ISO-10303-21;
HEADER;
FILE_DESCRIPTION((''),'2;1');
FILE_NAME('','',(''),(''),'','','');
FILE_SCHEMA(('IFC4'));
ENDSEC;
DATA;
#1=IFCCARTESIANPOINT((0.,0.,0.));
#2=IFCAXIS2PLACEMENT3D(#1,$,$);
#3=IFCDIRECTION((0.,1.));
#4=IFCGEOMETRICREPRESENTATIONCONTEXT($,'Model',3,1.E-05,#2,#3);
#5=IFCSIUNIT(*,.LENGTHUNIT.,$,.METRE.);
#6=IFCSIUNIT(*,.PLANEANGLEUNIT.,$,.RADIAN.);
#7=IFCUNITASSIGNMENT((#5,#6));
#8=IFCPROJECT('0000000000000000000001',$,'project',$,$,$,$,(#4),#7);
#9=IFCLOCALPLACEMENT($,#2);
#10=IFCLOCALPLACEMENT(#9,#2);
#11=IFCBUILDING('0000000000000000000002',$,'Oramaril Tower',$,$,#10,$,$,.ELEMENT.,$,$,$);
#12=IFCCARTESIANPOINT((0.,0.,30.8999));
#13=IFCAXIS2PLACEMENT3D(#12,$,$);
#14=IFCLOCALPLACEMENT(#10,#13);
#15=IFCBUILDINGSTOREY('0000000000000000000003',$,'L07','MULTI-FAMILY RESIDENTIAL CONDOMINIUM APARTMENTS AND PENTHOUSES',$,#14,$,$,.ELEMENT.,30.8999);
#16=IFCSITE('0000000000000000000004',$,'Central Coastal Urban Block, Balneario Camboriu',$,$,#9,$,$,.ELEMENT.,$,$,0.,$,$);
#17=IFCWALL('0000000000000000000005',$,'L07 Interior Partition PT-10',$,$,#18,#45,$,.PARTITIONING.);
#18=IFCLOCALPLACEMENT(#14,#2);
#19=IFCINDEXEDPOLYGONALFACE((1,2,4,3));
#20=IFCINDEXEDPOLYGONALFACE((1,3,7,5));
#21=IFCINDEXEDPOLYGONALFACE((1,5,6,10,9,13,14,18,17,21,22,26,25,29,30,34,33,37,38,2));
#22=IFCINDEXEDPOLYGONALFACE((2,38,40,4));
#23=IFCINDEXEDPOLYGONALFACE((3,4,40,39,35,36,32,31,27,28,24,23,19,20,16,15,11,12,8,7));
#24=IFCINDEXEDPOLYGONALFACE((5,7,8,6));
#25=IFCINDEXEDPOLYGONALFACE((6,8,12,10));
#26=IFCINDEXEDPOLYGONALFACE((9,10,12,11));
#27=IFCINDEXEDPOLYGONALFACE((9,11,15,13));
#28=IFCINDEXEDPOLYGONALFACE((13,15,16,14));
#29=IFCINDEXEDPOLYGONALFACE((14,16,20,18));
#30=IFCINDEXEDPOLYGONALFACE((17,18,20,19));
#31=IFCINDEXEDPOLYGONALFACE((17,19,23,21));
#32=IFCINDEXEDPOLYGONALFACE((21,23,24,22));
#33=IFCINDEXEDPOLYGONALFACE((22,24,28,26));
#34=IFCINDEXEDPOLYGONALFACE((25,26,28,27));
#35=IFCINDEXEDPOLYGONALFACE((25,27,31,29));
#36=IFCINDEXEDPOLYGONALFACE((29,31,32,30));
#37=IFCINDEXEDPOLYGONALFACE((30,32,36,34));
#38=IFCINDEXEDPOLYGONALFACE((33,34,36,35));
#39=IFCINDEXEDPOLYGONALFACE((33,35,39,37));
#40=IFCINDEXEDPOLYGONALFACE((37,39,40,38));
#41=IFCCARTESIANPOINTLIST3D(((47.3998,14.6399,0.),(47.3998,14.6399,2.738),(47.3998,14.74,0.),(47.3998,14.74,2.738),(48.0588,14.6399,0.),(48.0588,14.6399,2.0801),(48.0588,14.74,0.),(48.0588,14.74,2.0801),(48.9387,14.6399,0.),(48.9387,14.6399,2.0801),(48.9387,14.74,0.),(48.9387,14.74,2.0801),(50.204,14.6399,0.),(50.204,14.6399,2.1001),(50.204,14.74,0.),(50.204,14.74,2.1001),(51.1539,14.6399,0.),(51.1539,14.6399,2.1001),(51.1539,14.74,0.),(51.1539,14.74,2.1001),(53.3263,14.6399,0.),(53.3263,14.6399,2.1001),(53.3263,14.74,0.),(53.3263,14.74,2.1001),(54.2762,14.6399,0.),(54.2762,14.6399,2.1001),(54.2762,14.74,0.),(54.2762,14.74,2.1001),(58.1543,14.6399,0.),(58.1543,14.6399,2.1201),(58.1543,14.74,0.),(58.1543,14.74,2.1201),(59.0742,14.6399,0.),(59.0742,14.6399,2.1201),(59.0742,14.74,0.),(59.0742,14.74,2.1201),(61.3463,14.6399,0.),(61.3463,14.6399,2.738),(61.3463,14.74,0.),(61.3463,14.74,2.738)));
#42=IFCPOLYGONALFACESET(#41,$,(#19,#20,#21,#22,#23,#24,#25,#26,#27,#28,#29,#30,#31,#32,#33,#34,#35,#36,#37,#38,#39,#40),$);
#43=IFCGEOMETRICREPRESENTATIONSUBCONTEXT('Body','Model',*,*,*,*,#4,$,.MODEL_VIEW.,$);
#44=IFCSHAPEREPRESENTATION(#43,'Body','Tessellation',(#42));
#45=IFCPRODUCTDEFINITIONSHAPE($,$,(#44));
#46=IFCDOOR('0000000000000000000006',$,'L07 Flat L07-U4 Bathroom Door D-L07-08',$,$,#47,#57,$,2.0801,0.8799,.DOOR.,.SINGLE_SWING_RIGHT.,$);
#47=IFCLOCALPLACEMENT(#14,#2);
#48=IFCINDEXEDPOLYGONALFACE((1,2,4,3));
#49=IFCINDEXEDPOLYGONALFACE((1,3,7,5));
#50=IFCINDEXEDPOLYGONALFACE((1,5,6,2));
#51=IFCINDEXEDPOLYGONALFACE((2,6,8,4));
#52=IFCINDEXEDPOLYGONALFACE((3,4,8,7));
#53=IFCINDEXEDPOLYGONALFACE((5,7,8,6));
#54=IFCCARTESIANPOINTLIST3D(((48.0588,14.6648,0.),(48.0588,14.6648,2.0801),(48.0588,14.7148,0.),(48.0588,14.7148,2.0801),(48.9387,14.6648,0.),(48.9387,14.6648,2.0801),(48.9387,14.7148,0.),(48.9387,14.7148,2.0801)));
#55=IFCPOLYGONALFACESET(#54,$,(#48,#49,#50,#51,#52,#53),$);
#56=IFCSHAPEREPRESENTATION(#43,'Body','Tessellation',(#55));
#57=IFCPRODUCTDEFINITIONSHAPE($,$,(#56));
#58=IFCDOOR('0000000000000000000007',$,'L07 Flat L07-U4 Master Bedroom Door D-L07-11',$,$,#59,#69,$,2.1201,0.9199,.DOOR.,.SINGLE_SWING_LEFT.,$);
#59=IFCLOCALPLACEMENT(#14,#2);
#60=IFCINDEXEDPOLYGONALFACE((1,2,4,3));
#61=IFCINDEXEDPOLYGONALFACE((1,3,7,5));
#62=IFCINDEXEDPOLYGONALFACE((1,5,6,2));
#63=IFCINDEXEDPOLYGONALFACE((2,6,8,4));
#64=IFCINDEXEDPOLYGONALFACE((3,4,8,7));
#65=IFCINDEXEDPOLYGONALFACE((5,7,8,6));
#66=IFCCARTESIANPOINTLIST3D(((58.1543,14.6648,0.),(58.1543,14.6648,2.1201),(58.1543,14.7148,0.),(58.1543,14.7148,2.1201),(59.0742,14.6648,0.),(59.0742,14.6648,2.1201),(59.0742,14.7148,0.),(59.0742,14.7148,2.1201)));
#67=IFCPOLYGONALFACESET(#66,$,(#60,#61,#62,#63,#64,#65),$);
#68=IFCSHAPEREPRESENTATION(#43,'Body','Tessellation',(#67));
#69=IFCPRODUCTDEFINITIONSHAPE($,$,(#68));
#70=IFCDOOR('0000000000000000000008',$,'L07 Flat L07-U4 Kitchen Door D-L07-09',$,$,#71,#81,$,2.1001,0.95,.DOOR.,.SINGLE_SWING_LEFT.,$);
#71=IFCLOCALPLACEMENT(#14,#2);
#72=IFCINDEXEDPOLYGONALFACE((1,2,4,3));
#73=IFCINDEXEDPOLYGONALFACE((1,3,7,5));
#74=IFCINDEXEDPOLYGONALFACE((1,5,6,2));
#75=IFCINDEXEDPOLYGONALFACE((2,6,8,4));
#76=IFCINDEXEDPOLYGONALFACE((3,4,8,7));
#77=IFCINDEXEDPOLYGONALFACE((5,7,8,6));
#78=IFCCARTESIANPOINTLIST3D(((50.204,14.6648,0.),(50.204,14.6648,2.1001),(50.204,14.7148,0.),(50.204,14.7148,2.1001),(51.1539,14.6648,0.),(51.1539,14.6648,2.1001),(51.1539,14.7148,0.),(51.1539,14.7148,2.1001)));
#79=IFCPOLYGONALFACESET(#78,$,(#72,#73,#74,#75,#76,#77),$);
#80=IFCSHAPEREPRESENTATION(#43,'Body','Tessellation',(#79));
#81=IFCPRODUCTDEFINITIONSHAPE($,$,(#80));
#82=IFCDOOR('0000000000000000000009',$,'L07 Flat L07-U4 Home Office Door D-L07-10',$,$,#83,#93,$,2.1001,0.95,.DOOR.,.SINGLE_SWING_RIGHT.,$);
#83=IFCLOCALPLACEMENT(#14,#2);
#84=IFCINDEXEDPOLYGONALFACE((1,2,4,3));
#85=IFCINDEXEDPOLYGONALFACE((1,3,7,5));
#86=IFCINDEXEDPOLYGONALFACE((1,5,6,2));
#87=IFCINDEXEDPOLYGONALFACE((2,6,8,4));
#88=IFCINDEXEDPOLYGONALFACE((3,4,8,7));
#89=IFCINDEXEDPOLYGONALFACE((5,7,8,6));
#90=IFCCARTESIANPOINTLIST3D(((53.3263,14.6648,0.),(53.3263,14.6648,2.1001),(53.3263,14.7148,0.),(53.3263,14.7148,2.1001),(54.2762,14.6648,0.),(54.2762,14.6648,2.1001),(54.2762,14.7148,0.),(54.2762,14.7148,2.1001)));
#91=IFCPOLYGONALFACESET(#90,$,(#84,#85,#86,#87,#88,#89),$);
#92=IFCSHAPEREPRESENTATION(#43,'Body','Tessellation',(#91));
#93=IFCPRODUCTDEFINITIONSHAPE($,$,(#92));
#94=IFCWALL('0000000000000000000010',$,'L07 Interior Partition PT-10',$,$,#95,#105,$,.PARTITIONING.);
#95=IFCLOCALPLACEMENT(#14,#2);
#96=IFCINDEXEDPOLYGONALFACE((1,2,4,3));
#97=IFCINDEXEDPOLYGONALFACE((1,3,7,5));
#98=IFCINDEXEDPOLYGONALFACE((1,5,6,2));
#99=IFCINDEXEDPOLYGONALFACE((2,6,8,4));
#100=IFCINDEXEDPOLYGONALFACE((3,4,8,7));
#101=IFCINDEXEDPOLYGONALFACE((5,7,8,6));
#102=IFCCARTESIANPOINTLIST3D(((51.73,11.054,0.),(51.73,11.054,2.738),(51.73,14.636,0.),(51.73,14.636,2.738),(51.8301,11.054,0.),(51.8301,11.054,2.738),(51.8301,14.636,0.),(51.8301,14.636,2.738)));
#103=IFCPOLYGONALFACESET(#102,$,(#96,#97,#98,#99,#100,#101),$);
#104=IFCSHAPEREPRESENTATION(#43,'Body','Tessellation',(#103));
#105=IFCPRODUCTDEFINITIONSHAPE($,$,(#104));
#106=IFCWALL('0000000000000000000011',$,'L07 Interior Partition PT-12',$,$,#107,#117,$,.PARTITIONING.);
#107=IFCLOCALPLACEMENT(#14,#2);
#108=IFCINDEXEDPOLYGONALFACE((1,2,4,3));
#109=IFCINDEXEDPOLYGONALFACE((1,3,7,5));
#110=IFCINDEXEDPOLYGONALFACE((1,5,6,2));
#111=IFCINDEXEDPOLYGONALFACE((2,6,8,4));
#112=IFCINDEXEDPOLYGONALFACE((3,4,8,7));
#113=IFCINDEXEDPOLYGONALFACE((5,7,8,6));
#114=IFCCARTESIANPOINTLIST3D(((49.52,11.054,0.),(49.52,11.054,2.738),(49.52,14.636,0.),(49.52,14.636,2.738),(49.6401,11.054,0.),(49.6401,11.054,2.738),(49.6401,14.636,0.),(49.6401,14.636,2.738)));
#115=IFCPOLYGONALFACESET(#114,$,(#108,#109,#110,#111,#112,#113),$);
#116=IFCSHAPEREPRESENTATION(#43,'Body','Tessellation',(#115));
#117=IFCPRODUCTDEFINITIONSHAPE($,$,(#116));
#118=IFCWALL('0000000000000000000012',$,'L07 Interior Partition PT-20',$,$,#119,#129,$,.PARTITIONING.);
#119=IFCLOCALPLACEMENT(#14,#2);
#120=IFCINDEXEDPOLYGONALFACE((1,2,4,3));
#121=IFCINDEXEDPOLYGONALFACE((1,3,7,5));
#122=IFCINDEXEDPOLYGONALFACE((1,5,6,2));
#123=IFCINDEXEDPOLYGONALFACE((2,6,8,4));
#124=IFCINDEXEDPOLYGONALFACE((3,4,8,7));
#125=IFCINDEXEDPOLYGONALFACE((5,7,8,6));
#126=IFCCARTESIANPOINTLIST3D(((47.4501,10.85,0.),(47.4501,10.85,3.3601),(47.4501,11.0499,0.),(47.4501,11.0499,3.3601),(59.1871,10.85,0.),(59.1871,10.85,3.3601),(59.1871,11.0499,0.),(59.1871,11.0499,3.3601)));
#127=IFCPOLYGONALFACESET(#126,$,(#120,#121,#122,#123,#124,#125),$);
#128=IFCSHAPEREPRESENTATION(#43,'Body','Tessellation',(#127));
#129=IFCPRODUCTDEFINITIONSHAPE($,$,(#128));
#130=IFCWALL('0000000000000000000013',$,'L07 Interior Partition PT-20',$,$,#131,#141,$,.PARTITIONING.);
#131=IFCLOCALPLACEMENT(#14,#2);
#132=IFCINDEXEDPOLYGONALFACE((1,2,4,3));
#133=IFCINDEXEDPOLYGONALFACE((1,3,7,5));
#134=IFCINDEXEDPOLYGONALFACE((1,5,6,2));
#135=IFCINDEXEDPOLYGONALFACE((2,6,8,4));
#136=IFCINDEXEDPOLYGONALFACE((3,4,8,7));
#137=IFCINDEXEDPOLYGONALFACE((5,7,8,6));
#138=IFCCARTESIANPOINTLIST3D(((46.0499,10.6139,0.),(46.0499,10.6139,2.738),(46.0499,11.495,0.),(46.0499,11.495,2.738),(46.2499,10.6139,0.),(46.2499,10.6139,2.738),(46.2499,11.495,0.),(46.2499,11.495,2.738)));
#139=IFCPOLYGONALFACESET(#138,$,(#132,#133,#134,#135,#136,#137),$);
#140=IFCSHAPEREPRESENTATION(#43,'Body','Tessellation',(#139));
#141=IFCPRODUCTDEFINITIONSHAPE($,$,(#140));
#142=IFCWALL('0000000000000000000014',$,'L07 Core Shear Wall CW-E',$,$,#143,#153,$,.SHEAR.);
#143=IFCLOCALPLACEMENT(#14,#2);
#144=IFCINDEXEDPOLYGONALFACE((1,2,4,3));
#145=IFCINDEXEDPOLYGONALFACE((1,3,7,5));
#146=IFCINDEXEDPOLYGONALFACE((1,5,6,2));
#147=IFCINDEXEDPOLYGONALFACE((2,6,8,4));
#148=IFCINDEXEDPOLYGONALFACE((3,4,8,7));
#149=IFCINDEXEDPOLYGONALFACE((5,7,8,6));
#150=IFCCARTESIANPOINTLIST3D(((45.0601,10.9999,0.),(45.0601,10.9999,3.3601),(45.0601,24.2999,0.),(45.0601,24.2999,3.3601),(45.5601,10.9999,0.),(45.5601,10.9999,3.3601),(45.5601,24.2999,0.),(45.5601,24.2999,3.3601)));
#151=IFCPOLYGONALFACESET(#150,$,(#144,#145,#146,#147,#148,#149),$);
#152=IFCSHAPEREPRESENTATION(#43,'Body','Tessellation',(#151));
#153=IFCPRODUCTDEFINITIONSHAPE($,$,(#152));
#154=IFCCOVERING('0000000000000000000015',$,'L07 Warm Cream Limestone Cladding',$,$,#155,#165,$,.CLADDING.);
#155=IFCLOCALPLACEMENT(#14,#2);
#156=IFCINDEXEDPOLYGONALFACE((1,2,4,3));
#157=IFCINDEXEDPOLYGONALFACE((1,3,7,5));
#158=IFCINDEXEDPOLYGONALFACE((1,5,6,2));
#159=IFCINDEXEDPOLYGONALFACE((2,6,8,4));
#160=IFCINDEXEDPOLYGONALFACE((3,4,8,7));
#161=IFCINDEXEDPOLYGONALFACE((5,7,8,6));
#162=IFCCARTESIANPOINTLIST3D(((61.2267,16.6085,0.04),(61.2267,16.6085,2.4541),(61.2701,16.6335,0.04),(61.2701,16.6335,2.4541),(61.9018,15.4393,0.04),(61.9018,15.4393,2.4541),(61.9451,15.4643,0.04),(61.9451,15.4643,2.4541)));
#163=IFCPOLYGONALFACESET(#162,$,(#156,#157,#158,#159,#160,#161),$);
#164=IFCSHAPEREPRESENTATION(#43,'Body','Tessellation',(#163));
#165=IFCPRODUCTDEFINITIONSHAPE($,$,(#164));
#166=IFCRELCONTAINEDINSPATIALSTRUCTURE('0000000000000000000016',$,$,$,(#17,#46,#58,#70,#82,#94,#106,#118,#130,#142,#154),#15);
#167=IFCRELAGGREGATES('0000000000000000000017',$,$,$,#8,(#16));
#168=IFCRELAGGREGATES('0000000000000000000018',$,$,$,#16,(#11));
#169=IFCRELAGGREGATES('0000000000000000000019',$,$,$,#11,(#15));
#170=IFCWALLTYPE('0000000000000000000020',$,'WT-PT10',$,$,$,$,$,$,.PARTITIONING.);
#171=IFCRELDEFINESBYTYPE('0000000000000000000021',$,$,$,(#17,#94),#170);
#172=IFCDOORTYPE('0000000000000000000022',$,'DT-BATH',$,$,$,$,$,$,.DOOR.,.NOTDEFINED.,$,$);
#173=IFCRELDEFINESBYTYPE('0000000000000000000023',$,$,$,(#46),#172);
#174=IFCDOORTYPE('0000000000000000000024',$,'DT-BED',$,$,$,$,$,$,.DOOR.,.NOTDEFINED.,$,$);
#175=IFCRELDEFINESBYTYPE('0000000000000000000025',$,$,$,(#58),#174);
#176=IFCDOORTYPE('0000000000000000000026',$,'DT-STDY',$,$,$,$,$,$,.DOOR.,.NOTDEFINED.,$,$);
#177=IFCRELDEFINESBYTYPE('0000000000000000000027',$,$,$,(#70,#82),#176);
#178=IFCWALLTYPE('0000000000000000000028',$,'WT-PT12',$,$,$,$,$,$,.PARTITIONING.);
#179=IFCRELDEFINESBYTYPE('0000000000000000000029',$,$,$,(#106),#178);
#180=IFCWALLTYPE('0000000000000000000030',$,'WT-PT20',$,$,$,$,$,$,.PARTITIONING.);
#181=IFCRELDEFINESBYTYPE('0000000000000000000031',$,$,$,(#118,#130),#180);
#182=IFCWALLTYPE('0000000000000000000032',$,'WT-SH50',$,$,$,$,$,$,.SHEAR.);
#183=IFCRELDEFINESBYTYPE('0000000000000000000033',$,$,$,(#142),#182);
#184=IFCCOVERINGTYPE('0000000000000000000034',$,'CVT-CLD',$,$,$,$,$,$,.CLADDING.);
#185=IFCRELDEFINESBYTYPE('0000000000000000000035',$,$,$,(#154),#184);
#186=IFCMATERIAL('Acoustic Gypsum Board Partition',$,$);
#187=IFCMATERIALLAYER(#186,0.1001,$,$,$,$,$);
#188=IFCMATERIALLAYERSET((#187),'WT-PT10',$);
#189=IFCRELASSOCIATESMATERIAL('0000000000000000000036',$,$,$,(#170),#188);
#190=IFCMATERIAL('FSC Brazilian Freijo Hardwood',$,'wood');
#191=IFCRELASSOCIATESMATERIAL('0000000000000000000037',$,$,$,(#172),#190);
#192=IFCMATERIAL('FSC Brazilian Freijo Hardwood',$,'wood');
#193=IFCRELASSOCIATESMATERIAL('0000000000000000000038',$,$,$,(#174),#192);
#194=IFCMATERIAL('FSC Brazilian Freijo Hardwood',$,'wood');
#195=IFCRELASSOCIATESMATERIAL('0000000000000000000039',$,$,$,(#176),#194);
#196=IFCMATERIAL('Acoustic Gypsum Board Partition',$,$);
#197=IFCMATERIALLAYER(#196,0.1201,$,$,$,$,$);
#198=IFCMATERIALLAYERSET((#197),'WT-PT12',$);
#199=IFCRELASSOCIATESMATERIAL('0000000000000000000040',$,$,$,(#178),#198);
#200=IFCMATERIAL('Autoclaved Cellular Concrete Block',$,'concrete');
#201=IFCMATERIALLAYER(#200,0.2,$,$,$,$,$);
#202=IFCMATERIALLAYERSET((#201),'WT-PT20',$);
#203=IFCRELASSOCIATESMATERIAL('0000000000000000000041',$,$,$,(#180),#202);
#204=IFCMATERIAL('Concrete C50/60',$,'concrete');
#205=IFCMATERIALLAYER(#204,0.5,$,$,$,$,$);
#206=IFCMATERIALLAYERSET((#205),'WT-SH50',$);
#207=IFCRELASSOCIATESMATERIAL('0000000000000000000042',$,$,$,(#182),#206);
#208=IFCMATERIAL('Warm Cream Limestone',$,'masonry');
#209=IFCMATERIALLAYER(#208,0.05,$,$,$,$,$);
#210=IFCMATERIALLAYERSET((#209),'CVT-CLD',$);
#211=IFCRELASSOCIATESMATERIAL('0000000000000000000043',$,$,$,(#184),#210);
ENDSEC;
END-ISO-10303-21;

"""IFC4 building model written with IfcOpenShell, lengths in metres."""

from ifc_helpers import new_model, si_unit, direction, frame, frame_2d, origin, origin_2d, place, context, subcontext, project, spatial, rectangle, extrude, material, layer, layer_set, type_object, element, fill, save


model = new_model("IFC4")

# Units and contexts
model_context = context("Model", 3, precision=1e-05, world=origin(), true_north=direction((0.0, 1.0)))
body_context = subcontext(model_context, "Body", "Model", "MODEL_VIEW")
ifc_project = project(units=[si_unit("LENGTHUNIT", "METRE"), si_unit("PLANEANGLEUNIT", "RADIAN")], contexts=[model_context])

# Site, building, storey
site_placement = place(None, origin())
site = spatial("IfcSite", under=ifc_project, at=site_placement, Name="Central Coastal Urban Block, Balneario Camboriu", CompositionType="ELEMENT", RefElevation=0.0)
building_placement = place(site_placement, origin())
building = spatial("IfcBuilding", under=site, at=building_placement, Name="Oramaril Tower", CompositionType="ELEMENT")
storey_placement = place(building_placement, frame((0.0, 0.0, 30.8999)))
storey = spatial("IfcBuildingStorey", under=building, at=storey_placement, Name="L07", Description="MULTI-FAMILY RESIDENTIAL CONDOMINIUM APARTMENTS AND PENTHOUSES", CompositionType="ELEMENT", Elevation=30.8999)

# Wall, openings, doors
ifc_material_1 = material(Name="Acoustic Gypsum Board Partition")
ifc_layer_1 = layer(ifc_material_1, 0.1001)
ifc_layer_set_1 = layer_set([ifc_layer_1], Name="WT-PT10")
wall_type_1 = type_object("IfcWallType", Name="WT-PT10", PredefinedType="PARTITIONING", material=ifc_layer_set_1)
wall_1_placement = place(storey_placement, frame((47.3999, 14.6899, 0.0), z_axis=(0.0, 0.0, 1.0), x_axis=(1.0, 0.0, 0.0)))
wall_1 = element("IfcWall", 1, at=wall_1_placement, inside=storey, type_object=wall_type_1, Name="L07 Interior Partition PT-10", PredefinedType="PARTITIONING", context=body_context, shape_type="SweptSolid", body=[
    extrude(rectangle(XDim=13.9465, YDim=0.1001, at=frame_2d((6.9731, 0.0))), origin(), (0.0, 0.0, 1.0), 2.738),
])
opening_1_placement = place(wall_1_placement, frame((0.6589, 0.0, 0.0)))
opening_1 = element("IfcOpeningElement", 2, at=opening_1_placement, cuts=wall_1, PredefinedType="OPENING", context=body_context, shape_type="SweptSolid", body=[
    extrude(rectangle(XDim=0.8799, YDim=2.0801, at=frame_2d((0.4399, 1.04))), frame((0.0, 0.05, 0.0), z_axis=(0.0, -1.0, 0.0), x_axis=(1.0, 0.0, 0.0)), (0.0, 0.0, 1.0), 0.1001),
])
opening_2_placement = place(wall_1_placement, frame((2.804, 0.0, 0.0)))
opening_2 = element("IfcOpeningElement", 3, at=opening_2_placement, cuts=wall_1, PredefinedType="OPENING", context=body_context, shape_type="SweptSolid", body=[
    extrude(rectangle(XDim=0.95, YDim=2.1001, at=frame_2d((0.4751, 1.05))), frame((0.0, 0.05, 0.0), z_axis=(0.0, -1.0, 0.0), x_axis=(1.0, 0.0, 0.0)), (0.0, 0.0, 1.0), 0.1001),
])
opening_3_placement = place(wall_1_placement, frame((5.9263, 0.0, 0.0)))
opening_3 = element("IfcOpeningElement", 4, at=opening_3_placement, cuts=wall_1, PredefinedType="OPENING", context=body_context, shape_type="SweptSolid", body=[
    extrude(rectangle(XDim=0.95, YDim=2.1001, at=frame_2d((0.4751, 1.05))), frame((0.0, 0.05, 0.0), z_axis=(0.0, -1.0, 0.0), x_axis=(1.0, 0.0, 0.0)), (0.0, 0.0, 1.0), 0.1001),
])
opening_4_placement = place(wall_1_placement, frame((10.7544, 0.0, 0.0)))
opening_4 = element("IfcOpeningElement", 5, at=opening_4_placement, cuts=wall_1, PredefinedType="OPENING", context=body_context, shape_type="SweptSolid", body=[
    extrude(rectangle(XDim=0.9199, YDim=2.1201, at=frame_2d((0.46, 1.0601))), frame((0.0, 0.05, 0.0), z_axis=(0.0, -1.0, 0.0), x_axis=(1.0, 0.0, 0.0)), (0.0, 0.0, 1.0), 0.1001),
])
ifc_material_2 = material(Name="FSC Brazilian Freijo Hardwood", Category="wood")
door_type_1 = type_object("IfcDoorType", Name="DT-BATH", OperationType="NOTDEFINED", PredefinedType="DOOR", material=ifc_material_2)
door_1_placement = place(opening_1_placement, origin())
door_1 = element("IfcDoor", 6, at=door_1_placement, inside=storey, type_object=door_type_1, Name="L07 Flat L07-U4 Bathroom Door D-L07-08", OperationType="SINGLE_SWING_RIGHT", OverallHeight=2.0801, OverallWidth=0.8799, PredefinedType="DOOR", context=body_context, shape_type="SweptSolid", body=[
    extrude(rectangle(XDim=0.8799, YDim=2.0801, at=frame_2d((0.4399, 1.04))), frame((0.0, 0.0249, 0.0), z_axis=(0.0, -1.0, 0.0), x_axis=(1.0, 0.0, 0.0)), (0.0, 0.0, 1.0), 0.05),
])
fill(opening_1, door_1)
ifc_material_3 = material(Name="FSC Brazilian Freijo Hardwood", Category="wood")
door_type_2 = type_object("IfcDoorType", Name="DT-BED", OperationType="NOTDEFINED", PredefinedType="DOOR", material=ifc_material_3)
door_2_placement = place(opening_4_placement, origin())
door_2 = element("IfcDoor", 7, at=door_2_placement, inside=storey, type_object=door_type_2, Name="L07 Flat L07-U4 Master Bedroom Door D-L07-11", OperationType="SINGLE_SWING_LEFT", OverallHeight=2.1201, OverallWidth=0.9199, PredefinedType="DOOR", context=body_context, shape_type="SweptSolid", body=[
    extrude(rectangle(XDim=0.9199, YDim=2.1201, at=frame_2d((0.46, 1.0601))), frame((0.0, 0.0249, 0.0), z_axis=(0.0, -1.0, 0.0), x_axis=(1.0, 0.0, 0.0)), (0.0, 0.0, 1.0), 0.05),
])
fill(opening_4, door_2)
ifc_material_4 = material(Name="FSC Brazilian Freijo Hardwood", Category="wood")
door_type_3 = type_object("IfcDoorType", Name="DT-STDY", OperationType="NOTDEFINED", PredefinedType="DOOR", material=ifc_material_4)
door_3_placement = place(opening_2_placement, origin())
door_3 = element("IfcDoor", 8, at=door_3_placement, inside=storey, type_object=door_type_3, Name="L07 Flat L07-U4 Kitchen Door D-L07-09", OperationType="SINGLE_SWING_LEFT", OverallHeight=2.1001, OverallWidth=0.95, PredefinedType="DOOR", context=body_context, shape_type="SweptSolid", body=[
    extrude(rectangle(XDim=0.95, YDim=2.1001, at=frame_2d((0.4751, 1.05))), frame((0.0, 0.0249, 0.0), z_axis=(0.0, -1.0, 0.0), x_axis=(1.0, 0.0, 0.0)), (0.0, 0.0, 1.0), 0.05),
])
fill(opening_2, door_3)
door_4_placement = place(opening_3_placement, origin())
door_4 = element("IfcDoor", 9, at=door_4_placement, inside=storey, type_object=door_type_3, Name="L07 Flat L07-U4 Home Office Door D-L07-10", OperationType="SINGLE_SWING_RIGHT", OverallHeight=2.1001, OverallWidth=0.95, PredefinedType="DOOR", context=body_context, shape_type="SweptSolid", body=[
    extrude(rectangle(XDim=0.95, YDim=2.1001, at=frame_2d((0.4751, 1.05))), frame((0.0, 0.0249, 0.0), z_axis=(0.0, -1.0, 0.0), x_axis=(1.0, 0.0, 0.0)), (0.0, 0.0, 1.0), 0.05),
])
fill(opening_3, door_4)

# Walls
wall_2_placement = place(storey_placement, frame((51.78, 11.054, 0.0), z_axis=(0.0, 0.0, 1.0), x_axis=(0.0, 1.0, 0.0)))
element("IfcWall", 10, at=wall_2_placement, inside=storey, type_object=wall_type_1, Name="L07 Interior Partition PT-10", PredefinedType="PARTITIONING", context=body_context, shape_type="SweptSolid", body=[
    extrude(rectangle(XDim=3.582, YDim=0.1001, at=frame_2d((1.791, 0.0))), origin(), (0.0, 0.0, 1.0), 2.738),
])
ifc_material_5 = material(Name="Acoustic Gypsum Board Partition")
ifc_layer_2 = layer(ifc_material_5, 0.1201)
ifc_layer_set_2 = layer_set([ifc_layer_2], Name="WT-PT12")
wall_type_2 = type_object("IfcWallType", Name="WT-PT12", PredefinedType="PARTITIONING", material=ifc_layer_set_2)
wall_3_placement = place(storey_placement, frame((49.5801, 11.054, 0.0), z_axis=(0.0, 0.0, 1.0), x_axis=(0.0, 1.0, 0.0)))
element("IfcWall", 11, at=wall_3_placement, inside=storey, type_object=wall_type_2, Name="L07 Interior Partition PT-12", PredefinedType="PARTITIONING", context=body_context, shape_type="SweptSolid", body=[
    extrude(rectangle(XDim=3.582, YDim=0.1201, at=frame_2d((1.791, 0.0))), origin(), (0.0, 0.0, 1.0), 2.738),
])
ifc_material_6 = material(Name="Autoclaved Cellular Concrete Block", Category="concrete")
ifc_layer_3 = layer(ifc_material_6, 0.2)
ifc_layer_set_3 = layer_set([ifc_layer_3], Name="WT-PT20")
wall_type_3 = type_object("IfcWallType", Name="WT-PT20", PredefinedType="PARTITIONING", material=ifc_layer_set_3)
wall_4_placement = place(storey_placement, frame((47.45, 10.95, 0.0), z_axis=(0.0, 0.0, 1.0), x_axis=(1.0, 0.0, 0.0)))
element("IfcWall", 12, at=wall_4_placement, inside=storey, type_object=wall_type_3, Name="L07 Interior Partition PT-20", PredefinedType="PARTITIONING", context=body_context, shape_type="SweptSolid", body=[
    extrude(rectangle(XDim=11.7371, YDim=0.2, at=frame_2d((5.8687, 0.0))), origin(), (0.0, 0.0, 1.0), 3.3601),
])
wall_5_placement = place(storey_placement, frame((46.1499, 10.614, 0.0), z_axis=(0.0, 0.0, 1.0), x_axis=(0.0, 1.0, 0.0)))
element("IfcWall", 13, at=wall_5_placement, inside=storey, type_object=wall_type_3, Name="L07 Interior Partition PT-20", PredefinedType="PARTITIONING", context=body_context, shape_type="SweptSolid", body=[
    extrude(rectangle(XDim=0.8811, YDim=0.2, at=frame_2d((0.4404, 0.0))), origin(), (0.0, 0.0, 1.0), 2.738),
])

# Wall
ifc_material_7 = material(Name="Concrete C50/60", Category="concrete")
ifc_layer_4 = layer(ifc_material_7, 0.5)
ifc_layer_set_4 = layer_set([ifc_layer_4], Name="WT-SH50")
wall_type_4 = type_object("IfcWallType", Name="WT-SH50", PredefinedType="SHEAR", material=ifc_layer_set_4)
wall_6_placement = place(storey_placement, frame((45.3101, 11.0, 0.0), z_axis=(0.0, 0.0, 1.0), x_axis=(0.0, 1.0, 0.0)))
element("IfcWall", 14, at=wall_6_placement, inside=storey, type_object=wall_type_4, Name="L07 Core Shear Wall CW-E", PredefinedType="SHEAR", context=body_context, shape_type="SweptSolid", body=[
    extrude(rectangle(XDim=13.3, YDim=0.5, at=frame_2d((6.6499, 0.0))), origin(), (0.0, 0.0, 1.0), 3.3601),
])

# Covering
ifc_material_8 = material(Name="Warm Cream Limestone", Category="masonry")
ifc_layer_5 = layer(ifc_material_8, 0.05)
ifc_layer_set_5 = layer_set([ifc_layer_5], Name="CVT-CLD")
covering_type = type_object("IfcCoveringType", Name="CVT-CLD", PredefinedType="CLADDING", material=ifc_layer_set_5)
covering_placement = place(storey_placement, frame((61.5859, 16.0364, 0.04), z_axis=(0.0, 0.0, 1.0), x_axis=(-0.5, 0.866025, 0.0)))
element("IfcCovering", 15, at=covering_placement, inside=storey, type_object=covering_type, Name="L07 Warm Cream Limestone Cladding", PredefinedType="CLADDING", context=body_context, shape_type="SweptSolid", body=[
    extrude(rectangle(XDim=1.3501, YDim=0.05, at=origin_2d()), origin(), (0.0, 0.0, 1.0), 2.4141),
])

save(model, "model.ifc")
